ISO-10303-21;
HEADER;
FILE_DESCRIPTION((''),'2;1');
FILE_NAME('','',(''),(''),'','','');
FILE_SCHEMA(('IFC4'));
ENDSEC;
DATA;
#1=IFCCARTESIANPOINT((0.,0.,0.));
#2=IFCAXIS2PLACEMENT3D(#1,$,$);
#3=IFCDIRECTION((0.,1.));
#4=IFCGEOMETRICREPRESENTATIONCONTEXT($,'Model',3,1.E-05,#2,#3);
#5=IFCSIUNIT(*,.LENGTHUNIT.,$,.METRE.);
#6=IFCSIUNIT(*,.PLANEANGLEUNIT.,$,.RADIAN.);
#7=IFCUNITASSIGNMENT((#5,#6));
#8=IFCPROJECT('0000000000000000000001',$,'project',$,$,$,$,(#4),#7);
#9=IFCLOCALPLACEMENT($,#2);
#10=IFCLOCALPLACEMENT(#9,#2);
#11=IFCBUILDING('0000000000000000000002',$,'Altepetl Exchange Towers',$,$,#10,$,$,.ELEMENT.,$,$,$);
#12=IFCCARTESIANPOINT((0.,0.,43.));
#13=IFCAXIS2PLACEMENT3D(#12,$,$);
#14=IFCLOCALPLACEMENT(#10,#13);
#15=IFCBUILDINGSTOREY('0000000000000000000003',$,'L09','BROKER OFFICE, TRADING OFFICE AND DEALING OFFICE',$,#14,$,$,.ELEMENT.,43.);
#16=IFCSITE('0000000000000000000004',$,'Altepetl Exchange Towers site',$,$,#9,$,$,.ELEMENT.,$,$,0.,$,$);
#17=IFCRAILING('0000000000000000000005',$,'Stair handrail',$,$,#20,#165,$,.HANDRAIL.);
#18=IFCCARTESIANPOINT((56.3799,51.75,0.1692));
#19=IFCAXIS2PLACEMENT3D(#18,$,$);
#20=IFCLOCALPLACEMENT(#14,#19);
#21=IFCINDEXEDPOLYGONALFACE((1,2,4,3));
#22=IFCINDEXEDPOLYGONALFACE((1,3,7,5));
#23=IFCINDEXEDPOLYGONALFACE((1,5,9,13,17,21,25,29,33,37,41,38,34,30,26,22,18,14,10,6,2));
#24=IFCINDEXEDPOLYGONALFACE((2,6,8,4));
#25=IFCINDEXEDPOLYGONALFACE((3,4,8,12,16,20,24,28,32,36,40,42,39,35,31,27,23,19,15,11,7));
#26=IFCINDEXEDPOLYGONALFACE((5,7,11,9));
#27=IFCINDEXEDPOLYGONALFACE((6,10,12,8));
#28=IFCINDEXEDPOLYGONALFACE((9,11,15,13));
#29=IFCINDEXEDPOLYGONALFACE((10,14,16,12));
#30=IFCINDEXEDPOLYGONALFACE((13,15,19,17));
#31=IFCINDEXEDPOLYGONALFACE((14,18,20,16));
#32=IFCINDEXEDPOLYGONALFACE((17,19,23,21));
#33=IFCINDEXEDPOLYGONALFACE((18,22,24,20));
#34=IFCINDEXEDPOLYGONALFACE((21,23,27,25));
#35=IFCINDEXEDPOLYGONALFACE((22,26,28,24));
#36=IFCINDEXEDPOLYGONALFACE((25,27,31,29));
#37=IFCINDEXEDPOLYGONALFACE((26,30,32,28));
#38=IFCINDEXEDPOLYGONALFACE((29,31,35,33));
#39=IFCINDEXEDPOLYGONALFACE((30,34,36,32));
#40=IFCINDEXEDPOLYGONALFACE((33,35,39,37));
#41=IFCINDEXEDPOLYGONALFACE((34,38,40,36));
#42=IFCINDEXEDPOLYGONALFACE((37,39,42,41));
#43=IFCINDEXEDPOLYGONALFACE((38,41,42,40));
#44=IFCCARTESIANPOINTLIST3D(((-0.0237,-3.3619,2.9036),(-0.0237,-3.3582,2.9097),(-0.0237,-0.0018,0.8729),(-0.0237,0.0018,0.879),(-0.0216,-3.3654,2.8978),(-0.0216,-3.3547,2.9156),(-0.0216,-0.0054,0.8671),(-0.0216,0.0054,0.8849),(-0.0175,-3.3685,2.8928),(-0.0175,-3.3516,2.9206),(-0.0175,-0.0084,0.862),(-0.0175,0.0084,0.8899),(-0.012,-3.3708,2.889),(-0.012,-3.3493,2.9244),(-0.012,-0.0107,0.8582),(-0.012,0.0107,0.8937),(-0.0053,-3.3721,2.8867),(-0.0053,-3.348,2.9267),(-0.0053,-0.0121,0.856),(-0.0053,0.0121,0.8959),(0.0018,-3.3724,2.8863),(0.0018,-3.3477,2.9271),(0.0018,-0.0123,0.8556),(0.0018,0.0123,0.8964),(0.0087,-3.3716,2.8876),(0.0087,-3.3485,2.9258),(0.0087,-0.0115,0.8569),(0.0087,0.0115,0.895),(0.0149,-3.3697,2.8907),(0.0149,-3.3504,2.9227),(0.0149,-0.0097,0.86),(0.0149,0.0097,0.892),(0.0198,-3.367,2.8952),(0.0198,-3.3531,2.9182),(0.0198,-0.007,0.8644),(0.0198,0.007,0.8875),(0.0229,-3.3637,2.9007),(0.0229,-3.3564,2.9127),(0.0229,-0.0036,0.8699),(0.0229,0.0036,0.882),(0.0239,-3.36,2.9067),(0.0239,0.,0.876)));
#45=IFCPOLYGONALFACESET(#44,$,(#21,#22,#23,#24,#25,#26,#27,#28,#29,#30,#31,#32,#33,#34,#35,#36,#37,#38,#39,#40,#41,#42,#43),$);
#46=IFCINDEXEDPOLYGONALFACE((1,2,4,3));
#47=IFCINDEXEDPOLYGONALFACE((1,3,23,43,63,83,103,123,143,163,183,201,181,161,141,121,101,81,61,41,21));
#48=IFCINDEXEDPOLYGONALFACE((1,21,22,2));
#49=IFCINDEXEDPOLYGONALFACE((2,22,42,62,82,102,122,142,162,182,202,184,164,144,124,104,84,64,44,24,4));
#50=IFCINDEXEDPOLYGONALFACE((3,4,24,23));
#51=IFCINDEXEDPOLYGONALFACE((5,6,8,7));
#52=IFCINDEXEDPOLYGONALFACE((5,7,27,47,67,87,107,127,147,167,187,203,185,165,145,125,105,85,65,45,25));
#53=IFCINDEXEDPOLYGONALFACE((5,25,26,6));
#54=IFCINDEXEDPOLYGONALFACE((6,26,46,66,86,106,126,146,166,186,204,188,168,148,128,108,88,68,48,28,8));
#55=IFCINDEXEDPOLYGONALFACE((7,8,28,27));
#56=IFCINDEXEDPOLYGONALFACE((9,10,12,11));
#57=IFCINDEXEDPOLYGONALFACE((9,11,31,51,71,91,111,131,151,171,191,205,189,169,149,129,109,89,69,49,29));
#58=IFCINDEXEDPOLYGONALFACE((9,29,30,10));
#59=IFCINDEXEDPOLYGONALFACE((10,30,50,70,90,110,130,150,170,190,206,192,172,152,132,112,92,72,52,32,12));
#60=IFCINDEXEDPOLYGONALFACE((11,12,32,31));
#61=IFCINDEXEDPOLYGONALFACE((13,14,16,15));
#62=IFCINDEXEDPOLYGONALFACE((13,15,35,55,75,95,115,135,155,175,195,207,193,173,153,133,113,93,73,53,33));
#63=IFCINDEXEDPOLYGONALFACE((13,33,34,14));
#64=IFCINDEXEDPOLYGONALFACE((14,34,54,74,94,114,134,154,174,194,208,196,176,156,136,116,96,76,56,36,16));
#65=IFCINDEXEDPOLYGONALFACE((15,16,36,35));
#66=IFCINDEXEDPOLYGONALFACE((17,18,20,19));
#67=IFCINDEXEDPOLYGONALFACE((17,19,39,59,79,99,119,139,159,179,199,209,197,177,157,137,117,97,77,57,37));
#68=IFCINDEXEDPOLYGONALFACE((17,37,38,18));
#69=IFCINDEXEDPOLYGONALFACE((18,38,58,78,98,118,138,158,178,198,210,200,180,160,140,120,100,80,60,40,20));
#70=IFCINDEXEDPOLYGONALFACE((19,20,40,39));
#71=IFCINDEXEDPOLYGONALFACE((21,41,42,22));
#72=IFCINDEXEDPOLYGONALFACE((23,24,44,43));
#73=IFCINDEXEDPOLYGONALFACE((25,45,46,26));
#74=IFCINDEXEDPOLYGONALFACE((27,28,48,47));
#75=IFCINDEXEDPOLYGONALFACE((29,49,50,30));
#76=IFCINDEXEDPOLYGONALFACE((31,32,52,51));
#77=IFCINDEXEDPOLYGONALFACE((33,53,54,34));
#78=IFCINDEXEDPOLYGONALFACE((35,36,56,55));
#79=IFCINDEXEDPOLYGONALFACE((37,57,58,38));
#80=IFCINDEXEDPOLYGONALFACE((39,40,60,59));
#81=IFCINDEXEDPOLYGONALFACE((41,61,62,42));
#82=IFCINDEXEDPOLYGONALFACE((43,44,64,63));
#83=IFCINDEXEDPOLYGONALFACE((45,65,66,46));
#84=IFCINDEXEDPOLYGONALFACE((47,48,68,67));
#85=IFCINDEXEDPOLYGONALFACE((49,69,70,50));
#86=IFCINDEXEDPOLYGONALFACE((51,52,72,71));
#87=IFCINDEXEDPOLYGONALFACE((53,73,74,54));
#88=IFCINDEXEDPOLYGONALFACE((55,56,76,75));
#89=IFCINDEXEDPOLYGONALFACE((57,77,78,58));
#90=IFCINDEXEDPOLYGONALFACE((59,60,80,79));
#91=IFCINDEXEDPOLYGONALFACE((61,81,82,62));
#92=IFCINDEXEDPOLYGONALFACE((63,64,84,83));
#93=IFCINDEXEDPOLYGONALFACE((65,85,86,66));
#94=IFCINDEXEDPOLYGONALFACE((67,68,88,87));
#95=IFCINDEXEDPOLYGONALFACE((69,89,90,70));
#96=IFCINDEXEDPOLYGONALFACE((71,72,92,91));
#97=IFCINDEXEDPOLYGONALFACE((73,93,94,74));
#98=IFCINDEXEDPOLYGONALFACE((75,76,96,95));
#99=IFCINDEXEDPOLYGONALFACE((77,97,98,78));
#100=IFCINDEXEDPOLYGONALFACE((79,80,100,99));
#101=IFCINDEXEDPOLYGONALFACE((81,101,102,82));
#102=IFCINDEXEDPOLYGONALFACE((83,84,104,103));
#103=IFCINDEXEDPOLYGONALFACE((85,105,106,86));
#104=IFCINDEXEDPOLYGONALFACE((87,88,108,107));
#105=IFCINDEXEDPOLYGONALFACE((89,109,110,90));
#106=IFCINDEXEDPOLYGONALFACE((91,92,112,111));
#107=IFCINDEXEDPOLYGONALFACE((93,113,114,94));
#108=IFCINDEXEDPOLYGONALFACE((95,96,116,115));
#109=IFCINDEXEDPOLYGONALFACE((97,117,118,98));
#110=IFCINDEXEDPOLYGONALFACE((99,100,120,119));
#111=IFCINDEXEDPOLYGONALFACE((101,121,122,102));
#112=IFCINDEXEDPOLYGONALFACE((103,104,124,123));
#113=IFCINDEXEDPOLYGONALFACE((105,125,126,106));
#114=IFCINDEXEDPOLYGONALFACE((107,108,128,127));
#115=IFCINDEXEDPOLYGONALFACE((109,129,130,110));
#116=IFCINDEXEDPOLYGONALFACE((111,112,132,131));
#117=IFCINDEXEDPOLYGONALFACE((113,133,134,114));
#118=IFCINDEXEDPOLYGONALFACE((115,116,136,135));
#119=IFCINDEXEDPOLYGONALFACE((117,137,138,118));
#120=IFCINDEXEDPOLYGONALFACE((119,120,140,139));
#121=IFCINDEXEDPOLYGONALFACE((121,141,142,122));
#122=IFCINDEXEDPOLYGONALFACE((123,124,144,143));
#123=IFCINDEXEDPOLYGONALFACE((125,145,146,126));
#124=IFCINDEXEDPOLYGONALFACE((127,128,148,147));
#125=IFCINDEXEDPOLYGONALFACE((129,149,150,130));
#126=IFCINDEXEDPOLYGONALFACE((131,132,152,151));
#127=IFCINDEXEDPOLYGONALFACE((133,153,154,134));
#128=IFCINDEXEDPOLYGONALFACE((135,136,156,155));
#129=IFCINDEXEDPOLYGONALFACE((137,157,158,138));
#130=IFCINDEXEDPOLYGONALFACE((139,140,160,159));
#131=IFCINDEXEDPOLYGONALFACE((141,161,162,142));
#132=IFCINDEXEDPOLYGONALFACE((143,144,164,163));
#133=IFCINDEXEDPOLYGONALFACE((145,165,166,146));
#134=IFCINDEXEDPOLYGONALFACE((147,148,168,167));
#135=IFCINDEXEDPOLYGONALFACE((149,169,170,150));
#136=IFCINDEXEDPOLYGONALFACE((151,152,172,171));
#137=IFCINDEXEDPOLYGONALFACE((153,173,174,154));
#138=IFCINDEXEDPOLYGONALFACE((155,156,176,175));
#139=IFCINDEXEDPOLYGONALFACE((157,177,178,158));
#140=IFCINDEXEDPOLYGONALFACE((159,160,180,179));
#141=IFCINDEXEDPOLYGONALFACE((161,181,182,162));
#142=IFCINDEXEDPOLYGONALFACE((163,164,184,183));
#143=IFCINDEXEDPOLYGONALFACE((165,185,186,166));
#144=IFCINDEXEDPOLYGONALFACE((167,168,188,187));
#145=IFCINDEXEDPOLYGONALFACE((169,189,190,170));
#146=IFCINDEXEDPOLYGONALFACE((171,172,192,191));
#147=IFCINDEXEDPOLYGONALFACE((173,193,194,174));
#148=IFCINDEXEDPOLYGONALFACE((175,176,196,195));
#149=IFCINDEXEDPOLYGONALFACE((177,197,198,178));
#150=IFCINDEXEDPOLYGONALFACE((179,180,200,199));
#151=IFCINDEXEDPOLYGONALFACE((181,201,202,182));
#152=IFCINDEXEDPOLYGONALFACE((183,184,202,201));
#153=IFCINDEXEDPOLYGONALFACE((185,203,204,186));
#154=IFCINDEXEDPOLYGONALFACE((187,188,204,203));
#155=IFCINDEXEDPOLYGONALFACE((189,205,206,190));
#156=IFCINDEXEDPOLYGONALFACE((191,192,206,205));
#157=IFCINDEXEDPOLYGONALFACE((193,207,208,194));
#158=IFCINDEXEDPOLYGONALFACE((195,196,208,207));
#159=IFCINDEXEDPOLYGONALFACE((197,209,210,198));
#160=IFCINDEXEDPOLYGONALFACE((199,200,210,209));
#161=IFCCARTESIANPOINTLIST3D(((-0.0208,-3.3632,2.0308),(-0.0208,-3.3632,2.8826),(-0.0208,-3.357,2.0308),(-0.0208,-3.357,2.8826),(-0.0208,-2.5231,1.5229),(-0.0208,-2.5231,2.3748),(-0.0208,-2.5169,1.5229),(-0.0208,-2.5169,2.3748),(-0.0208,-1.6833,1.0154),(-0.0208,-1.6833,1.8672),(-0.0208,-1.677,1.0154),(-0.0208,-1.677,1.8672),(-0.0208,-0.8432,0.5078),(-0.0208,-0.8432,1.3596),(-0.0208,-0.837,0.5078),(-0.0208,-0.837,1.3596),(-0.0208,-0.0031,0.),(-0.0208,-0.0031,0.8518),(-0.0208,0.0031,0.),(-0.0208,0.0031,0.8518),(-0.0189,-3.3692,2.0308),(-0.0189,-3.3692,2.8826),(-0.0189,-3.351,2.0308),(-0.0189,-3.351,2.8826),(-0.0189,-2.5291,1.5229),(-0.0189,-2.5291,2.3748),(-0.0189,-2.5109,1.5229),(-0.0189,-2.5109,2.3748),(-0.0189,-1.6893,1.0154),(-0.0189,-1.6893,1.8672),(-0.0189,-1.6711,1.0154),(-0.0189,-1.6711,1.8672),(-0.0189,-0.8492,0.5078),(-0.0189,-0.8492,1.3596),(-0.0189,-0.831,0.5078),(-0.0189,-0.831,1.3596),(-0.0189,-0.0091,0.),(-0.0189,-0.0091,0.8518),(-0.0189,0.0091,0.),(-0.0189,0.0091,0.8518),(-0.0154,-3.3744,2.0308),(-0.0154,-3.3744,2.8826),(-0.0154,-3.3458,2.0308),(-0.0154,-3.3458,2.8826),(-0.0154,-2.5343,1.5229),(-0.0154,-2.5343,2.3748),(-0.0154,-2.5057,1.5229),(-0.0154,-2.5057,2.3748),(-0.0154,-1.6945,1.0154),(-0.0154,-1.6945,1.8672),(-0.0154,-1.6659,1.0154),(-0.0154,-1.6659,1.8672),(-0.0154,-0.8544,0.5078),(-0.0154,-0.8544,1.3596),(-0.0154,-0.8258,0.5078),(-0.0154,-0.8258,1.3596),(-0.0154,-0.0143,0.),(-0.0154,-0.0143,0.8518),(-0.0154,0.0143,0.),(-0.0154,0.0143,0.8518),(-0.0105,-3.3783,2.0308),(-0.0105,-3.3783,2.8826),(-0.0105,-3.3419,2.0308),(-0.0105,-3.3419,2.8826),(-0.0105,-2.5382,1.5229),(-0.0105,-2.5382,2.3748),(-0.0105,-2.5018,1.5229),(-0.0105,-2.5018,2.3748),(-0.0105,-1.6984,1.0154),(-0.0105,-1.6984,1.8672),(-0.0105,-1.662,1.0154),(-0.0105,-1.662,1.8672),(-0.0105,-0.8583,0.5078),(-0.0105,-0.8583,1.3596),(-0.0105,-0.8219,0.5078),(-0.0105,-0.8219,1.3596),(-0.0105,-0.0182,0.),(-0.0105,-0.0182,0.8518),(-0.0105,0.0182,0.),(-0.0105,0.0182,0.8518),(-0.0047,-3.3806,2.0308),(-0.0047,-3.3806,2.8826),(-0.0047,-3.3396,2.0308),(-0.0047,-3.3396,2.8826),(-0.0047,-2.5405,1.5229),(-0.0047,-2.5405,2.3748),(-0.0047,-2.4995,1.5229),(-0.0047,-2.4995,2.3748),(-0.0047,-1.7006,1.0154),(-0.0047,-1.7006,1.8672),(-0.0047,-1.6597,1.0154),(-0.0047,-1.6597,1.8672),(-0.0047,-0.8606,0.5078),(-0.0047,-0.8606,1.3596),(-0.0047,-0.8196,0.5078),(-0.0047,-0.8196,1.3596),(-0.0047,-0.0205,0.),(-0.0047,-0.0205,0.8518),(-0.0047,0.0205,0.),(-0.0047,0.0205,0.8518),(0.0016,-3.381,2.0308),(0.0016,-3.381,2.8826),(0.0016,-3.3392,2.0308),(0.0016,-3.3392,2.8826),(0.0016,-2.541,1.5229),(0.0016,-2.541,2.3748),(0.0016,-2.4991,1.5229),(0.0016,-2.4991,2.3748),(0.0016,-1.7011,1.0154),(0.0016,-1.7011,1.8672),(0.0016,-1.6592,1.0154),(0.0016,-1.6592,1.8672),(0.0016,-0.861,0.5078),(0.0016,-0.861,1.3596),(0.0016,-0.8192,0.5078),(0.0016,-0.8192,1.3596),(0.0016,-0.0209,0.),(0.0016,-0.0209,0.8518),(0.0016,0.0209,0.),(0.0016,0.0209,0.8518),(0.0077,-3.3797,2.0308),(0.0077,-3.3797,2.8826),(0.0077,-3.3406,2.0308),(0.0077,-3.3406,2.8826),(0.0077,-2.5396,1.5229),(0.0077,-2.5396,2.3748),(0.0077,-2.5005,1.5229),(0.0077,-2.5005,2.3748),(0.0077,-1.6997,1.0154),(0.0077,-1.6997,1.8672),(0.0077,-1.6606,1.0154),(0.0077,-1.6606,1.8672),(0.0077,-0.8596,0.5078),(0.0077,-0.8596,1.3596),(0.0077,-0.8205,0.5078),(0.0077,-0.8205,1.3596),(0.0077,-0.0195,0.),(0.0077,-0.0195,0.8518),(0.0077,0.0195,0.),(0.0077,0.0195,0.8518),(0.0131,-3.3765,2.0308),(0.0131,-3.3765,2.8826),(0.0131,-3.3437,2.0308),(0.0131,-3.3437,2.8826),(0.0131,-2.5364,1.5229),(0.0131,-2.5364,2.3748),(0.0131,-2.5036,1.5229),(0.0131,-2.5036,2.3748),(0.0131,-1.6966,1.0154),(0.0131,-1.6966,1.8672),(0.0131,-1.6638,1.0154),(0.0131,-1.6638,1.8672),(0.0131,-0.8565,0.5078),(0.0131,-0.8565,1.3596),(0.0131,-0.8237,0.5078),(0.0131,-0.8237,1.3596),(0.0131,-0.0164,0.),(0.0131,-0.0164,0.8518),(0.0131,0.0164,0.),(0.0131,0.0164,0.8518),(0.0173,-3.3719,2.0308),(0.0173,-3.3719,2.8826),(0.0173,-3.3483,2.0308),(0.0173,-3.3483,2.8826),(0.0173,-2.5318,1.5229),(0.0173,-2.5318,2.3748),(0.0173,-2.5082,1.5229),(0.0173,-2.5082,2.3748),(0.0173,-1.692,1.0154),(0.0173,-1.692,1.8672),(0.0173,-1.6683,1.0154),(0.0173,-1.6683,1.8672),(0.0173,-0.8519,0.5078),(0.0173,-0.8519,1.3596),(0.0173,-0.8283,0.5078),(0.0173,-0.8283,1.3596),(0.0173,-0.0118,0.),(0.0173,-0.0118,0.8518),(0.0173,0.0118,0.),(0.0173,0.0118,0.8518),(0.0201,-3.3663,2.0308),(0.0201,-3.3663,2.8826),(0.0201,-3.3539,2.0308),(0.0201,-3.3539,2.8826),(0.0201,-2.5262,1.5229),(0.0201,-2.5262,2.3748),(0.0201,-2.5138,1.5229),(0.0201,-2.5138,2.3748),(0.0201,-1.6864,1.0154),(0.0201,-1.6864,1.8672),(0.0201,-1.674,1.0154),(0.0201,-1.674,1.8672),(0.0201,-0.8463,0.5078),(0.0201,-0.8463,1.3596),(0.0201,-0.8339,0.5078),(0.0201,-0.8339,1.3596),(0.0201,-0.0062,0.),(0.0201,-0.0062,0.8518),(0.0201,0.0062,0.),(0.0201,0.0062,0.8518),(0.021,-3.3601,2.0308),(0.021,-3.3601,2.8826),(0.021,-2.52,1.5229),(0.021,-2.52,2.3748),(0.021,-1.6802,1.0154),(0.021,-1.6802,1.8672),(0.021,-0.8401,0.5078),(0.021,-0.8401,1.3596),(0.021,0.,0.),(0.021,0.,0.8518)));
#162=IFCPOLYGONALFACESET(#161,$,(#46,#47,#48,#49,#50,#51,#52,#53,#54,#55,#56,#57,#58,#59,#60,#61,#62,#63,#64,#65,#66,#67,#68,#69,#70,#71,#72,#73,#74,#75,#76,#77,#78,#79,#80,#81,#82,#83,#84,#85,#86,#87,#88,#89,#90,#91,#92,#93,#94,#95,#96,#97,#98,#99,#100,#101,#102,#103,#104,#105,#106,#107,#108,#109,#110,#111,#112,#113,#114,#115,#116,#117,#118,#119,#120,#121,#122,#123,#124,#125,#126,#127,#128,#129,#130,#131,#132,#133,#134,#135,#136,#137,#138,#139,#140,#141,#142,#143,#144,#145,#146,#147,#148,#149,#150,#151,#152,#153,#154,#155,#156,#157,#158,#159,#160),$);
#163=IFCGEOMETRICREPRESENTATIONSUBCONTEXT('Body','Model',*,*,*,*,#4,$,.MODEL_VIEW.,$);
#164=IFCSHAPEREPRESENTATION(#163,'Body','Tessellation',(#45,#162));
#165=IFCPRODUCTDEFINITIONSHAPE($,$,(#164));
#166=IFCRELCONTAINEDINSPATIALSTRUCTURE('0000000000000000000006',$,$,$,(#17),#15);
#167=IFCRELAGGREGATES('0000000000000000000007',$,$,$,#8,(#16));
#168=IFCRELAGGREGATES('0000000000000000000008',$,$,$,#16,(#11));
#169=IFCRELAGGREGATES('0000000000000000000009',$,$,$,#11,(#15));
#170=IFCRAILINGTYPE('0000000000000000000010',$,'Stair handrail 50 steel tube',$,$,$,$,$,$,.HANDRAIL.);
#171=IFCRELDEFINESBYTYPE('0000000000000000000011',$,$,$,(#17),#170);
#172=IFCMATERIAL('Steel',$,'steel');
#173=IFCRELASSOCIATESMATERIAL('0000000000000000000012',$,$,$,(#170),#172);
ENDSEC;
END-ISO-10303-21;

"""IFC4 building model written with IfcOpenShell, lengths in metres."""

from ifc_helpers import new_model, si_unit, direction, frame, origin, origin_2d, place, context, subcontext, project, spatial, circle, extrude, source, transform, mapped, material, type_object, element, save


model = new_model("IFC4")

# Units and contexts
model_context = context("Model", 3, precision=1e-05, world=origin(), true_north=direction((0.0, 1.0)))
body_context = subcontext(model_context, "Body", "Model", "MODEL_VIEW")
ifc_project = project(units=[si_unit("LENGTHUNIT", "METRE"), si_unit("PLANEANGLEUNIT", "RADIAN")], contexts=[model_context])

# Site, building, storey
site_placement = place(None, origin())
site = spatial("IfcSite", under=ifc_project, at=site_placement, Name="Altepetl Exchange Towers site", CompositionType="ELEMENT", RefElevation=0.0)
building_placement = place(site_placement, origin())
building = spatial("IfcBuilding", under=site, at=building_placement, Name="Altepetl Exchange Towers", CompositionType="ELEMENT")
storey_placement = place(building_placement, frame((0.0, 0.0, 43.0)))
storey = spatial("IfcBuildingStorey", under=building, at=storey_placement, Name="L09", Description="BROKER OFFICE, TRADING OFFICE AND DEALING OFFICE", CompositionType="ELEMENT", Elevation=43.0)

# Railing
ifc_material_1 = material(Name="Steel", Category="steel")
railing_type = type_object("IfcRailingType", Name="Stair handrail 50 steel tube", PredefinedType="HANDRAIL", material=ifc_material_1)
shared_shape = source(origin(), body_context, "Body", "SweptSolid", [
    extrude(circle(Radius=0.021, at=origin_2d()), origin(), (0.0, 0.0, 1.0), 0.8518),
])
railing_1_placement = place(storey_placement, frame((56.3799, 51.75, 0.1692)))
element("IfcRailing", 1, at=railing_1_placement, inside=storey, type_object=railing_type, Name="Stair handrail", PredefinedType="HANDRAIL", context=body_context, shape_type="SweptSolid", body=[
    extrude(circle(Radius=0.0239, at=origin_2d()), frame((0.0, 0.0, 0.876), z_axis=(0.0, -0.855837, 0.517246), x_axis=(1.0, 0.0, 0.0)), (0.0, 0.0, 1.0), 3.926),
    mapped(shared_shape, transform((0.0, 0.0, 0.0))),
    mapped(shared_shape, transform((0.0, -0.8401, 0.5078))),
    mapped(shared_shape, transform((0.0, -1.6802, 1.0154))),
    mapped(shared_shape, transform((0.0, -2.52, 1.5229))),
    mapped(shared_shape, transform((0.0, -3.3601, 2.0308))),
])

save(model, "model.ifc")
